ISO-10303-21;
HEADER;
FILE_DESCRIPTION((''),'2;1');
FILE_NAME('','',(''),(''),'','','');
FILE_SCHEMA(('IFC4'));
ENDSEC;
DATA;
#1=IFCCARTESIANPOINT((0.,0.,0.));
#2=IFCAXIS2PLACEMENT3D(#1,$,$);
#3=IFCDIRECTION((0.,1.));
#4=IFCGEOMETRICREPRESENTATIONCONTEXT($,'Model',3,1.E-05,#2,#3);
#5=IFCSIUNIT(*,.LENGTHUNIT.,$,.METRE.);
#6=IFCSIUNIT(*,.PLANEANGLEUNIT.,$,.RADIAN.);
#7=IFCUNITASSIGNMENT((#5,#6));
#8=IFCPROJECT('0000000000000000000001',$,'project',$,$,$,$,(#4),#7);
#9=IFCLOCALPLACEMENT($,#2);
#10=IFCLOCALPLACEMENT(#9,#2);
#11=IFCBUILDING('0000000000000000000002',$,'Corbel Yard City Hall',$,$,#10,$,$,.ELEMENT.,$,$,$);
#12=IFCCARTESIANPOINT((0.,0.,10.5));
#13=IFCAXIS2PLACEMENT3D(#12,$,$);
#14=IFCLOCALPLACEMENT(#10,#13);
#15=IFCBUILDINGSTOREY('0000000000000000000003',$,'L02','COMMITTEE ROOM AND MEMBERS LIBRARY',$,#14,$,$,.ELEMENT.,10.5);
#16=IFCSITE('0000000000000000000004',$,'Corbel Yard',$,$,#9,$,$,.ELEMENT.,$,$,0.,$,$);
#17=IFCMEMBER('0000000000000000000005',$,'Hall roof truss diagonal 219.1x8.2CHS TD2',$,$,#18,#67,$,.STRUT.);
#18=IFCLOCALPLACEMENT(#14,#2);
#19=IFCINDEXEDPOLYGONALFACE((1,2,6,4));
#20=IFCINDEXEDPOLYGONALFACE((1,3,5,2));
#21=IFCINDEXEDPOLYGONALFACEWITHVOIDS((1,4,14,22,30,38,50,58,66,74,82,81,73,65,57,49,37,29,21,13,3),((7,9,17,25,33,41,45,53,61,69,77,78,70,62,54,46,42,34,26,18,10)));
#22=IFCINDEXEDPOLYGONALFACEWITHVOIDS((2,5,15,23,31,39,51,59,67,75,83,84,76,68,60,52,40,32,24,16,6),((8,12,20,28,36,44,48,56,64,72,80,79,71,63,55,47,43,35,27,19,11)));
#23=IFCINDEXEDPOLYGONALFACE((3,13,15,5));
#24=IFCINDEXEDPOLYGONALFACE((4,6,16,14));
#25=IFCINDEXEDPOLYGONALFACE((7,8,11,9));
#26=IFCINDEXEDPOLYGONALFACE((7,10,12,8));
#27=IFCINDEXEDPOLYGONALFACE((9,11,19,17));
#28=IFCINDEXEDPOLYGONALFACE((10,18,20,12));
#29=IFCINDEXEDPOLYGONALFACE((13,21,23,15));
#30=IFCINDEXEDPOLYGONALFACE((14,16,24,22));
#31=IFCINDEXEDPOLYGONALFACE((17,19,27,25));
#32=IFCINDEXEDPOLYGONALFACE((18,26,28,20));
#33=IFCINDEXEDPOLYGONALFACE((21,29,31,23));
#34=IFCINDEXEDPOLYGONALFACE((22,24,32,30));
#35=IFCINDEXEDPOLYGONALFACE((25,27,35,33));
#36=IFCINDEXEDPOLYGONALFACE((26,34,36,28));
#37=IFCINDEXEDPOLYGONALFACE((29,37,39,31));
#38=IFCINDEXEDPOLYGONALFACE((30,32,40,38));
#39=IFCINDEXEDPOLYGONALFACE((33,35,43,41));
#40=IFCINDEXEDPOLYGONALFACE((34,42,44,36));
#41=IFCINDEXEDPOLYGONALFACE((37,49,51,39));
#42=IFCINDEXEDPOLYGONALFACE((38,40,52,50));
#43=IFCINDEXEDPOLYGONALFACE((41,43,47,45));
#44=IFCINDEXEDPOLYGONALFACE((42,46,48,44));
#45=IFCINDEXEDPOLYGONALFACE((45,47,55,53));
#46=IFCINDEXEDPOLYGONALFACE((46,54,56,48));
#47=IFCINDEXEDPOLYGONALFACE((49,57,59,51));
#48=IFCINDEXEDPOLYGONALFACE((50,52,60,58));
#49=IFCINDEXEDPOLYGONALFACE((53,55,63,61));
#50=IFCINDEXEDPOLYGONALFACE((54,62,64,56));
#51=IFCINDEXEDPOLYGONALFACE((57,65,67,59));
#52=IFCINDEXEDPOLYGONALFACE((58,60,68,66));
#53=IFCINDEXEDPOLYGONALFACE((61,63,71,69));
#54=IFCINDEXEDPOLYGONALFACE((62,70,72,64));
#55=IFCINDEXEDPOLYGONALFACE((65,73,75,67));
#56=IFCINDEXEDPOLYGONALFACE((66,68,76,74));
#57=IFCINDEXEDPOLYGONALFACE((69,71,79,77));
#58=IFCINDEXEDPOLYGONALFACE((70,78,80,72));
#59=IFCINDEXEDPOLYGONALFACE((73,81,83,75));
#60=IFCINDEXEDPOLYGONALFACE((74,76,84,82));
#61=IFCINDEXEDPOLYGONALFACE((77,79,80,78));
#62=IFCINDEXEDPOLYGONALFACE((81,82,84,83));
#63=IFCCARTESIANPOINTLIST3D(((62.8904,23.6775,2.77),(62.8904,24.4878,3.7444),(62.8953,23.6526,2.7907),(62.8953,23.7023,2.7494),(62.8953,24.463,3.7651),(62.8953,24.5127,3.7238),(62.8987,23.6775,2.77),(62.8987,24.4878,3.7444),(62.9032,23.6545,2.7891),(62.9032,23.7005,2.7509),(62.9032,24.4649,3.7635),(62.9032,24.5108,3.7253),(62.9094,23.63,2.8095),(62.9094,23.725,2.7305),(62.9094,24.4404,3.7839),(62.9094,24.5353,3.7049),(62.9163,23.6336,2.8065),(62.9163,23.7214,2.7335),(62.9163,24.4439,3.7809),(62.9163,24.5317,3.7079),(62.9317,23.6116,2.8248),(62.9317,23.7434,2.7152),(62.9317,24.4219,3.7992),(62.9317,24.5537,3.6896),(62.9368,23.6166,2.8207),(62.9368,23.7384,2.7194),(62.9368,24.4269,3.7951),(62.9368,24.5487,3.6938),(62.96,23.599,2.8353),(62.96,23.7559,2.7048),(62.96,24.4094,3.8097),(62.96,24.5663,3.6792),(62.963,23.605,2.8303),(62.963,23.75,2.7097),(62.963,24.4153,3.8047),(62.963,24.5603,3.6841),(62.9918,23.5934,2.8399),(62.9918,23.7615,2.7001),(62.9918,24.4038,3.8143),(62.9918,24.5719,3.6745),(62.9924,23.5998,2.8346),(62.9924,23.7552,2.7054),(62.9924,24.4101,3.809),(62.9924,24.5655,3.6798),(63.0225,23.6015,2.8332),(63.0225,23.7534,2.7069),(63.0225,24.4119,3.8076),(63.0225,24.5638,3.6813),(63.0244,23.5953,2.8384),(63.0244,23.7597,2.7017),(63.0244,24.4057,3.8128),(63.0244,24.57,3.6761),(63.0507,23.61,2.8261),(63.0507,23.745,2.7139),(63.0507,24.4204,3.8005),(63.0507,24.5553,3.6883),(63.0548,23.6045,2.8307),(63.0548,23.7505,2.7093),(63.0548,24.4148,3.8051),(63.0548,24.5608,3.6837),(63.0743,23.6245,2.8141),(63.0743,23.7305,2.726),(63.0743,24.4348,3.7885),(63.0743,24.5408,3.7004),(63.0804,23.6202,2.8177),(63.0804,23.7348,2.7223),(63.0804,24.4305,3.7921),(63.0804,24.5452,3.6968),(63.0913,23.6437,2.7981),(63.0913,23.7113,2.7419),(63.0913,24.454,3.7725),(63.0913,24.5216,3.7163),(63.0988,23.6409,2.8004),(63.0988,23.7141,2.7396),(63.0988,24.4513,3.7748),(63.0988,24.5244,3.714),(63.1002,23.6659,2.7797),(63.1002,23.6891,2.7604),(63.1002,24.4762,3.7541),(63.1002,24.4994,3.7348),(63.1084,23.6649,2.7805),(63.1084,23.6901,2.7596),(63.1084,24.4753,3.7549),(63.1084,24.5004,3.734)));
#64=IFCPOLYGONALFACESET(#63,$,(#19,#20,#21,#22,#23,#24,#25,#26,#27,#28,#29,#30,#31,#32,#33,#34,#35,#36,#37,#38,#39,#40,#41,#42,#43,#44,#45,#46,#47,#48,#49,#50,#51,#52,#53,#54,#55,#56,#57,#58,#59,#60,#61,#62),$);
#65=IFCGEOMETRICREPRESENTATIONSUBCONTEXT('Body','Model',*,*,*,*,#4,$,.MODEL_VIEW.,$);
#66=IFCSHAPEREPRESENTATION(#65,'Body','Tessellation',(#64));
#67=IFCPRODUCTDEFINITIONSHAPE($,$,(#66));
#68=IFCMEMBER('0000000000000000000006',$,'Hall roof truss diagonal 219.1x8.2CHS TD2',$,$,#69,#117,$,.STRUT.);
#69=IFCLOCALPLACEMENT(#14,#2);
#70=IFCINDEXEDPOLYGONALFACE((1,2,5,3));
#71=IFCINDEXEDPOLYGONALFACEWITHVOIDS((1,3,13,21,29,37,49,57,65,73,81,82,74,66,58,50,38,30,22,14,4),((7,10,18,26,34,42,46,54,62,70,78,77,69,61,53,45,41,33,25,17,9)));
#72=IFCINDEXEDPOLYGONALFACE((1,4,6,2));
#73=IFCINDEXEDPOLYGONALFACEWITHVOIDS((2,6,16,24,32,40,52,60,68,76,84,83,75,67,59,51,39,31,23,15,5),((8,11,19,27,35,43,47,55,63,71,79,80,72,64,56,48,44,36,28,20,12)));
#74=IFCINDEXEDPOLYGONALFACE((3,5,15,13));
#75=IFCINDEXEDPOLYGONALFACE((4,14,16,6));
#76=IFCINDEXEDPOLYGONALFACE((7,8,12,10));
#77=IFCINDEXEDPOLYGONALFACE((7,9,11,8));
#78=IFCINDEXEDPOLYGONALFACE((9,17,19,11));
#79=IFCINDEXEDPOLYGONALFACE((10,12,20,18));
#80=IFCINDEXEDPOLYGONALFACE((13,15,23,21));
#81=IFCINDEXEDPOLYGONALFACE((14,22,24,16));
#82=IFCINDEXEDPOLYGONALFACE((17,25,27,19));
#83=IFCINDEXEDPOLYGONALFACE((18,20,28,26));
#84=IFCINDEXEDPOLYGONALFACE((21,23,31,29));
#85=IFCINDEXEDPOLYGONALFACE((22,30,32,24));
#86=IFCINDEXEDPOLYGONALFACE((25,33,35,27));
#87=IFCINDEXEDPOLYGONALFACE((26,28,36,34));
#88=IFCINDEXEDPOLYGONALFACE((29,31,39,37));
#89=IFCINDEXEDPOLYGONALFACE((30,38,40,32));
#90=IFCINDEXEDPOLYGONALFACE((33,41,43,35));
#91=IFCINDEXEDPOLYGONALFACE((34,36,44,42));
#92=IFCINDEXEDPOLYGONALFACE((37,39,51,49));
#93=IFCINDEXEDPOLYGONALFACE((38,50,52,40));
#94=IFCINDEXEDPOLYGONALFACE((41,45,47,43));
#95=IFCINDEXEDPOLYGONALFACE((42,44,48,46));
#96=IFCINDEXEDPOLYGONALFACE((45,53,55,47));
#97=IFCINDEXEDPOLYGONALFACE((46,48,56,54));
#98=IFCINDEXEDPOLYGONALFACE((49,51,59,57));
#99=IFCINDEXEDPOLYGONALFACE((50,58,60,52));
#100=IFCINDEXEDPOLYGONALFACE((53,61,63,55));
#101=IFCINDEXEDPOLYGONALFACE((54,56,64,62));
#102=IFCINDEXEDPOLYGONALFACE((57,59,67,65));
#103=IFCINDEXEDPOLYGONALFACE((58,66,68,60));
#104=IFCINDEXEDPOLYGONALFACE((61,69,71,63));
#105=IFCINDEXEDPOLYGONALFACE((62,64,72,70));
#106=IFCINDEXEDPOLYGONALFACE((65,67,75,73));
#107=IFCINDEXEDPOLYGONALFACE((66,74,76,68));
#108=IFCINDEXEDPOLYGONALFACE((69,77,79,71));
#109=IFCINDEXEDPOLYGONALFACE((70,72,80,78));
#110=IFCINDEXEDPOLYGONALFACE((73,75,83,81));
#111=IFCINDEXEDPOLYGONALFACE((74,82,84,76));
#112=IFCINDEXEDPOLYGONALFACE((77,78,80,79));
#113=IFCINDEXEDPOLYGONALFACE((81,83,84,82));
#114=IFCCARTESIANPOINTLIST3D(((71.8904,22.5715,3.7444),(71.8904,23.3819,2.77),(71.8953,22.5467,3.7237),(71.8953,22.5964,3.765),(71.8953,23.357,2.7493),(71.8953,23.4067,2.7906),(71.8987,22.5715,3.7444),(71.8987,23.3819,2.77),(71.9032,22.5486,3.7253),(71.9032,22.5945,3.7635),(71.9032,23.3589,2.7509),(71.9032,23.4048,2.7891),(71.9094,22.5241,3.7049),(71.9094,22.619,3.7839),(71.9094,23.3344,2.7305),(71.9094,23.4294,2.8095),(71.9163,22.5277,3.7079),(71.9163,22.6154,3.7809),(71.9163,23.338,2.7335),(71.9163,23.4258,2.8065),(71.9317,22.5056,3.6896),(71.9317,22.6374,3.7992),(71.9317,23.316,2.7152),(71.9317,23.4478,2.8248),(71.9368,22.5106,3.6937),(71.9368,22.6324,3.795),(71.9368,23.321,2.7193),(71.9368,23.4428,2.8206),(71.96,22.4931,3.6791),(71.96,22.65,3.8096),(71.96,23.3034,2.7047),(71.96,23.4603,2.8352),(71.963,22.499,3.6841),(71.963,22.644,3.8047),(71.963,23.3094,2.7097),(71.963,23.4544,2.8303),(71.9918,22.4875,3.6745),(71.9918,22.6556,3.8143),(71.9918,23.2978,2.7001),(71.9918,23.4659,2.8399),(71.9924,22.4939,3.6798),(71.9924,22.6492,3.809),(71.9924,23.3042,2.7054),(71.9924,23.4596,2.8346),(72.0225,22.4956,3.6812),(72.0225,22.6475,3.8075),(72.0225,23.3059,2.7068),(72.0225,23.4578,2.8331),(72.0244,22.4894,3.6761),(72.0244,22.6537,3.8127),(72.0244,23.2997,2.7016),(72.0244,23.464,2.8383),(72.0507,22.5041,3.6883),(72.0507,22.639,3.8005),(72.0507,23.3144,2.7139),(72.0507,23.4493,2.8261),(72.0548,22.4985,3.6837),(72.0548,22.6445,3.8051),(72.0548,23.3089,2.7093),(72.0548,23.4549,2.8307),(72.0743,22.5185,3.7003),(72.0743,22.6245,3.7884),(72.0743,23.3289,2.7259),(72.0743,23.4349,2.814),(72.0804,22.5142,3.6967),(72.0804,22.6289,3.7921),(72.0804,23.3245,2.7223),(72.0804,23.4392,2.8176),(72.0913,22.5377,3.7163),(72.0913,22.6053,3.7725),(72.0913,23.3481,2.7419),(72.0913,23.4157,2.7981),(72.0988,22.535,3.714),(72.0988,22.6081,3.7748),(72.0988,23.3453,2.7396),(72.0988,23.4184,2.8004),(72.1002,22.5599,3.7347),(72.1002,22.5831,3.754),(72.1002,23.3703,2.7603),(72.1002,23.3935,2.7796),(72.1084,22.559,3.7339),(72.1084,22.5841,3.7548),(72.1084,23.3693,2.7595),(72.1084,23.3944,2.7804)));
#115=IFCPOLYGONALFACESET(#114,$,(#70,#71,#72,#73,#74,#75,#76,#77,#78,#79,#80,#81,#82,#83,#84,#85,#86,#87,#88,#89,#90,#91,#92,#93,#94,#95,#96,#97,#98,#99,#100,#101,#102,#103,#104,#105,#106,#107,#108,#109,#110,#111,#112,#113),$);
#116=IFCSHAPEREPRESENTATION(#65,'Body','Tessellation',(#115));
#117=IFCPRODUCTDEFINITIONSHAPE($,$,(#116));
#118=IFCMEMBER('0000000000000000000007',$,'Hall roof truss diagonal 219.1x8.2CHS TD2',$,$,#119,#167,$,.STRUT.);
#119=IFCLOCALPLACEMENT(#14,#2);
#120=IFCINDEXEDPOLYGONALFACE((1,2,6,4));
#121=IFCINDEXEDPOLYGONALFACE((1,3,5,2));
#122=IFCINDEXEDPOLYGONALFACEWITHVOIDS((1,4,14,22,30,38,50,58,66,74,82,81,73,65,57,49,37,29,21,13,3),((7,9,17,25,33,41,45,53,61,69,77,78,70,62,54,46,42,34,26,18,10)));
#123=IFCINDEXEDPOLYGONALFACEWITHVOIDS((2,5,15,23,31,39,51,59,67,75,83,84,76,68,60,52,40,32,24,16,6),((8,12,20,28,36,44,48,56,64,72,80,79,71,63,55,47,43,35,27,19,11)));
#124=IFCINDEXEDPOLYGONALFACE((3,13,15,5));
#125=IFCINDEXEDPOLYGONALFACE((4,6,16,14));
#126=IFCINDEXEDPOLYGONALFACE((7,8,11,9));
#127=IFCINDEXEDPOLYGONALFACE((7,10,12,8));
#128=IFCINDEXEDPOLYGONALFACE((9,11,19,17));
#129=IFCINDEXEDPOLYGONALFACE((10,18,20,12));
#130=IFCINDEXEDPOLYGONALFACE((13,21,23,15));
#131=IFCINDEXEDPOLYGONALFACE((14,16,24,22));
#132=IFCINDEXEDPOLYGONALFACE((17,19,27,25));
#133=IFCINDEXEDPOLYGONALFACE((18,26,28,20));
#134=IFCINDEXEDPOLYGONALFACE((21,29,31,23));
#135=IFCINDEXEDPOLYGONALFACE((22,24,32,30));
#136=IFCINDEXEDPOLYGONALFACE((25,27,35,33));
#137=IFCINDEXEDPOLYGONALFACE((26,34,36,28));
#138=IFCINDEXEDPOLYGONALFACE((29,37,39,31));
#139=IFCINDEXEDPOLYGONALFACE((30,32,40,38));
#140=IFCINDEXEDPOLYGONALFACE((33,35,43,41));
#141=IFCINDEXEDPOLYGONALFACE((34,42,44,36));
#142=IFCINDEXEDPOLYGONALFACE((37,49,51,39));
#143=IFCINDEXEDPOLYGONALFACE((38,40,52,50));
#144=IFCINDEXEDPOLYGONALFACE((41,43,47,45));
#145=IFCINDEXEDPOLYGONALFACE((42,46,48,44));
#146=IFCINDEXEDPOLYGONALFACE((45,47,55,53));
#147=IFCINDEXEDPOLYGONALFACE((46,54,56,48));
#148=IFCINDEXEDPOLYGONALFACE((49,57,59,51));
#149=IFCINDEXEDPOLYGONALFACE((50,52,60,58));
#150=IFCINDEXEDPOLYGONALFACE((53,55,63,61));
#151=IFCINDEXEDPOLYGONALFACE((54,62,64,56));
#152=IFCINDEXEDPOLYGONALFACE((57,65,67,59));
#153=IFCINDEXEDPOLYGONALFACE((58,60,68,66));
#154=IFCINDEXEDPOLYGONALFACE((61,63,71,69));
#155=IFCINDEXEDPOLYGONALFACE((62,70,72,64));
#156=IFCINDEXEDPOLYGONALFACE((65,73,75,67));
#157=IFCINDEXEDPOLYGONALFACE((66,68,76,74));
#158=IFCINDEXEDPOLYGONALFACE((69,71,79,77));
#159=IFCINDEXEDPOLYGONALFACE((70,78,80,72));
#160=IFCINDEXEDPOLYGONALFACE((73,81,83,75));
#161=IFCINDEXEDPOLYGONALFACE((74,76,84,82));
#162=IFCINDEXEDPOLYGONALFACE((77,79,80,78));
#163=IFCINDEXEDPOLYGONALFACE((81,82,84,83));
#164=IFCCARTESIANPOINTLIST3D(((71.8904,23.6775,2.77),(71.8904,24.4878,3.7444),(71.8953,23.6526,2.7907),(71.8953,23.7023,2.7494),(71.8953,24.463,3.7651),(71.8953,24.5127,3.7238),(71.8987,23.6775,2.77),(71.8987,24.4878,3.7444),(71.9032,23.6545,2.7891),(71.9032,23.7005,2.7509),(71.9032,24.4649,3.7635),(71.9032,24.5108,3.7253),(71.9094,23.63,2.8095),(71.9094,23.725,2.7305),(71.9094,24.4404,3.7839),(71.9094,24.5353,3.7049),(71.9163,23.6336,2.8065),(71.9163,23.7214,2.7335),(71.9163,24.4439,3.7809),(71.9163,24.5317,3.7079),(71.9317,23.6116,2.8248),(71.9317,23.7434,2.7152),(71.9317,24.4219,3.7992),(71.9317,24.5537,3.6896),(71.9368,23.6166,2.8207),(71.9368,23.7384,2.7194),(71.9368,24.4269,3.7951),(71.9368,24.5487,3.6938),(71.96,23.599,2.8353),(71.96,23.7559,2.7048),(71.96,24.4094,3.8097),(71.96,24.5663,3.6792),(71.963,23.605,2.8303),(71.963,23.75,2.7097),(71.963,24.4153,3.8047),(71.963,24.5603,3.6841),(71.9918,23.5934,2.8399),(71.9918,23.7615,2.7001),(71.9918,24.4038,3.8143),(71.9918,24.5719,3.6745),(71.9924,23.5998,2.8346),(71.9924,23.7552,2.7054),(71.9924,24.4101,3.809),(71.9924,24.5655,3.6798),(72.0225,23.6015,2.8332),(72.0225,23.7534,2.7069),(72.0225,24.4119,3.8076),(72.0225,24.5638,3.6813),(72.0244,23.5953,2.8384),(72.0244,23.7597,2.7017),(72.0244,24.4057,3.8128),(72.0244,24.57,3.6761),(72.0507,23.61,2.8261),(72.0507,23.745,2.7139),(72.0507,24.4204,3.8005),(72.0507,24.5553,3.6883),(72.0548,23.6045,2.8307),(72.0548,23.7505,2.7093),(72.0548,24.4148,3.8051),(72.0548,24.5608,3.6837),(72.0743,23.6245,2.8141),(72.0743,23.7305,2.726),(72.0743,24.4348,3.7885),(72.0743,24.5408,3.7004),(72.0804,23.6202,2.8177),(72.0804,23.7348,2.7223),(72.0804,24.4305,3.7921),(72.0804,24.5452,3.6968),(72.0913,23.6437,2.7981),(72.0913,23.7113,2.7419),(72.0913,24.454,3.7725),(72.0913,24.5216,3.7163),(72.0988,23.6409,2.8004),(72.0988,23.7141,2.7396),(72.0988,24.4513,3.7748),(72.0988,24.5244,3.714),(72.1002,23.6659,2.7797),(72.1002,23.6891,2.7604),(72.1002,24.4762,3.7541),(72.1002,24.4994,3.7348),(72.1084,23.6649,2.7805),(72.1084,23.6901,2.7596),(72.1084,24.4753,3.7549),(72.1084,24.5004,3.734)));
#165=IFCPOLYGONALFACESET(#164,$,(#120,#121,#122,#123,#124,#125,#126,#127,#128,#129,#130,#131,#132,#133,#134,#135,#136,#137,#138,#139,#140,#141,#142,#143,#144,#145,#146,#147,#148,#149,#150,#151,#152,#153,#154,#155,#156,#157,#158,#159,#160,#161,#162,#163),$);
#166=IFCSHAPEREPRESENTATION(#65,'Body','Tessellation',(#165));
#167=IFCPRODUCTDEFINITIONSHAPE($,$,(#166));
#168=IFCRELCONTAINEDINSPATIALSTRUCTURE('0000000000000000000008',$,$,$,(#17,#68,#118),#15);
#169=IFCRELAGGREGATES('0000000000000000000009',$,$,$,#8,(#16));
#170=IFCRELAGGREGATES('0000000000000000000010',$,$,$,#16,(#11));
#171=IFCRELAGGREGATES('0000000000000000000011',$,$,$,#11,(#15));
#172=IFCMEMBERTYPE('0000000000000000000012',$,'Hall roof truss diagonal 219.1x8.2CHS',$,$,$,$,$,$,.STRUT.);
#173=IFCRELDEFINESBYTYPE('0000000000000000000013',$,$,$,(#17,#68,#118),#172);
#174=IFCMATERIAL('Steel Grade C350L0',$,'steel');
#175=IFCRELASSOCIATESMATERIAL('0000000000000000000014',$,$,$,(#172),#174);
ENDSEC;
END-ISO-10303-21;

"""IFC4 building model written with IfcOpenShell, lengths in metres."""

from ifc_helpers import new_model, si_unit, direction, frame, origin, origin_2d, place, context, subcontext, project, spatial, hollow_circle, extrude, material, material_profile, profile_set, type_object, element, save


model = new_model("IFC4")

# Units and contexts
model_context = context("Model", 3, precision=1e-05, world=origin(), true_north=direction((0.0, 1.0)))
body_context = subcontext(model_context, "Body", "Model", "MODEL_VIEW")
ifc_project = project(units=[si_unit("LENGTHUNIT", "METRE"), si_unit("PLANEANGLEUNIT", "RADIAN")], contexts=[model_context])

# Site, building, storey
site_placement = place(None, origin())
site = spatial("IfcSite", under=ifc_project, at=site_placement, Name="Corbel Yard", CompositionType="ELEMENT", RefElevation=0.0)
building_placement = place(site_placement, origin())
building = spatial("IfcBuilding", under=site, at=building_placement, Name="Corbel Yard City Hall", CompositionType="ELEMENT")
storey_placement = place(building_placement, frame((0.0, 0.0, 10.5)))
storey = spatial("IfcBuildingStorey", under=building, at=storey_placement, Name="L02", Description="COMMITTEE ROOM AND MEMBERS LIBRARY", CompositionType="ELEMENT", Elevation=10.5)

# Members
ifc_material_1 = material(Name="Steel Grade C350L0", Category="steel")
ifc_material_profile_1 = material_profile(ifc_material_1, hollow_circle(Radius=0.1096, WallThickness=0.0083, at=origin_2d()), Name="219.1x8.2CHS")
ifc_profile_set_1 = profile_set([ifc_material_profile_1], Name="Steel Grade C350L0")
member_type_1 = type_object("IfcMemberType", Name="Hall roof truss diagonal 219.1x8.2CHS", PredefinedType="STRUT", material=ifc_profile_set_1)
for number, where, z_axis, x_axis, name in (
    (1, (63.0, 23.6775, 2.77), (0.0, 0.639407, 0.768868), (-1.0, 0.0, 0.0), "Hall roof truss diagonal 219.1x8.2CHS TD2"),
    (2, (72.0, 22.5715, 3.7444), (0.0, 0.639407, -0.768868), (-1.0, 0.0, 0.0), "Hall roof truss diagonal 219.1x8.2CHS TD2"),
    (3, (72.0, 23.6775, 2.77), (0.0, 0.639407, 0.768868), (-1.0, 0.0, 0.0), "Hall roof truss diagonal 219.1x8.2CHS TD2"),
):
    element("IfcMember", number, at=place(storey_placement, frame(where, z_axis=z_axis, x_axis=x_axis)), inside=storey, type_object=member_type_1, Name=name, PredefinedType="STRUT", context=body_context, shape_type="SweptSolid", body=[
        extrude(hollow_circle(Radius=0.1096, WallThickness=0.0083, at=origin_2d()), origin(), (0.0, 0.0, 1.0), 1.2673),
    ])

save(model, "model.ifc")
